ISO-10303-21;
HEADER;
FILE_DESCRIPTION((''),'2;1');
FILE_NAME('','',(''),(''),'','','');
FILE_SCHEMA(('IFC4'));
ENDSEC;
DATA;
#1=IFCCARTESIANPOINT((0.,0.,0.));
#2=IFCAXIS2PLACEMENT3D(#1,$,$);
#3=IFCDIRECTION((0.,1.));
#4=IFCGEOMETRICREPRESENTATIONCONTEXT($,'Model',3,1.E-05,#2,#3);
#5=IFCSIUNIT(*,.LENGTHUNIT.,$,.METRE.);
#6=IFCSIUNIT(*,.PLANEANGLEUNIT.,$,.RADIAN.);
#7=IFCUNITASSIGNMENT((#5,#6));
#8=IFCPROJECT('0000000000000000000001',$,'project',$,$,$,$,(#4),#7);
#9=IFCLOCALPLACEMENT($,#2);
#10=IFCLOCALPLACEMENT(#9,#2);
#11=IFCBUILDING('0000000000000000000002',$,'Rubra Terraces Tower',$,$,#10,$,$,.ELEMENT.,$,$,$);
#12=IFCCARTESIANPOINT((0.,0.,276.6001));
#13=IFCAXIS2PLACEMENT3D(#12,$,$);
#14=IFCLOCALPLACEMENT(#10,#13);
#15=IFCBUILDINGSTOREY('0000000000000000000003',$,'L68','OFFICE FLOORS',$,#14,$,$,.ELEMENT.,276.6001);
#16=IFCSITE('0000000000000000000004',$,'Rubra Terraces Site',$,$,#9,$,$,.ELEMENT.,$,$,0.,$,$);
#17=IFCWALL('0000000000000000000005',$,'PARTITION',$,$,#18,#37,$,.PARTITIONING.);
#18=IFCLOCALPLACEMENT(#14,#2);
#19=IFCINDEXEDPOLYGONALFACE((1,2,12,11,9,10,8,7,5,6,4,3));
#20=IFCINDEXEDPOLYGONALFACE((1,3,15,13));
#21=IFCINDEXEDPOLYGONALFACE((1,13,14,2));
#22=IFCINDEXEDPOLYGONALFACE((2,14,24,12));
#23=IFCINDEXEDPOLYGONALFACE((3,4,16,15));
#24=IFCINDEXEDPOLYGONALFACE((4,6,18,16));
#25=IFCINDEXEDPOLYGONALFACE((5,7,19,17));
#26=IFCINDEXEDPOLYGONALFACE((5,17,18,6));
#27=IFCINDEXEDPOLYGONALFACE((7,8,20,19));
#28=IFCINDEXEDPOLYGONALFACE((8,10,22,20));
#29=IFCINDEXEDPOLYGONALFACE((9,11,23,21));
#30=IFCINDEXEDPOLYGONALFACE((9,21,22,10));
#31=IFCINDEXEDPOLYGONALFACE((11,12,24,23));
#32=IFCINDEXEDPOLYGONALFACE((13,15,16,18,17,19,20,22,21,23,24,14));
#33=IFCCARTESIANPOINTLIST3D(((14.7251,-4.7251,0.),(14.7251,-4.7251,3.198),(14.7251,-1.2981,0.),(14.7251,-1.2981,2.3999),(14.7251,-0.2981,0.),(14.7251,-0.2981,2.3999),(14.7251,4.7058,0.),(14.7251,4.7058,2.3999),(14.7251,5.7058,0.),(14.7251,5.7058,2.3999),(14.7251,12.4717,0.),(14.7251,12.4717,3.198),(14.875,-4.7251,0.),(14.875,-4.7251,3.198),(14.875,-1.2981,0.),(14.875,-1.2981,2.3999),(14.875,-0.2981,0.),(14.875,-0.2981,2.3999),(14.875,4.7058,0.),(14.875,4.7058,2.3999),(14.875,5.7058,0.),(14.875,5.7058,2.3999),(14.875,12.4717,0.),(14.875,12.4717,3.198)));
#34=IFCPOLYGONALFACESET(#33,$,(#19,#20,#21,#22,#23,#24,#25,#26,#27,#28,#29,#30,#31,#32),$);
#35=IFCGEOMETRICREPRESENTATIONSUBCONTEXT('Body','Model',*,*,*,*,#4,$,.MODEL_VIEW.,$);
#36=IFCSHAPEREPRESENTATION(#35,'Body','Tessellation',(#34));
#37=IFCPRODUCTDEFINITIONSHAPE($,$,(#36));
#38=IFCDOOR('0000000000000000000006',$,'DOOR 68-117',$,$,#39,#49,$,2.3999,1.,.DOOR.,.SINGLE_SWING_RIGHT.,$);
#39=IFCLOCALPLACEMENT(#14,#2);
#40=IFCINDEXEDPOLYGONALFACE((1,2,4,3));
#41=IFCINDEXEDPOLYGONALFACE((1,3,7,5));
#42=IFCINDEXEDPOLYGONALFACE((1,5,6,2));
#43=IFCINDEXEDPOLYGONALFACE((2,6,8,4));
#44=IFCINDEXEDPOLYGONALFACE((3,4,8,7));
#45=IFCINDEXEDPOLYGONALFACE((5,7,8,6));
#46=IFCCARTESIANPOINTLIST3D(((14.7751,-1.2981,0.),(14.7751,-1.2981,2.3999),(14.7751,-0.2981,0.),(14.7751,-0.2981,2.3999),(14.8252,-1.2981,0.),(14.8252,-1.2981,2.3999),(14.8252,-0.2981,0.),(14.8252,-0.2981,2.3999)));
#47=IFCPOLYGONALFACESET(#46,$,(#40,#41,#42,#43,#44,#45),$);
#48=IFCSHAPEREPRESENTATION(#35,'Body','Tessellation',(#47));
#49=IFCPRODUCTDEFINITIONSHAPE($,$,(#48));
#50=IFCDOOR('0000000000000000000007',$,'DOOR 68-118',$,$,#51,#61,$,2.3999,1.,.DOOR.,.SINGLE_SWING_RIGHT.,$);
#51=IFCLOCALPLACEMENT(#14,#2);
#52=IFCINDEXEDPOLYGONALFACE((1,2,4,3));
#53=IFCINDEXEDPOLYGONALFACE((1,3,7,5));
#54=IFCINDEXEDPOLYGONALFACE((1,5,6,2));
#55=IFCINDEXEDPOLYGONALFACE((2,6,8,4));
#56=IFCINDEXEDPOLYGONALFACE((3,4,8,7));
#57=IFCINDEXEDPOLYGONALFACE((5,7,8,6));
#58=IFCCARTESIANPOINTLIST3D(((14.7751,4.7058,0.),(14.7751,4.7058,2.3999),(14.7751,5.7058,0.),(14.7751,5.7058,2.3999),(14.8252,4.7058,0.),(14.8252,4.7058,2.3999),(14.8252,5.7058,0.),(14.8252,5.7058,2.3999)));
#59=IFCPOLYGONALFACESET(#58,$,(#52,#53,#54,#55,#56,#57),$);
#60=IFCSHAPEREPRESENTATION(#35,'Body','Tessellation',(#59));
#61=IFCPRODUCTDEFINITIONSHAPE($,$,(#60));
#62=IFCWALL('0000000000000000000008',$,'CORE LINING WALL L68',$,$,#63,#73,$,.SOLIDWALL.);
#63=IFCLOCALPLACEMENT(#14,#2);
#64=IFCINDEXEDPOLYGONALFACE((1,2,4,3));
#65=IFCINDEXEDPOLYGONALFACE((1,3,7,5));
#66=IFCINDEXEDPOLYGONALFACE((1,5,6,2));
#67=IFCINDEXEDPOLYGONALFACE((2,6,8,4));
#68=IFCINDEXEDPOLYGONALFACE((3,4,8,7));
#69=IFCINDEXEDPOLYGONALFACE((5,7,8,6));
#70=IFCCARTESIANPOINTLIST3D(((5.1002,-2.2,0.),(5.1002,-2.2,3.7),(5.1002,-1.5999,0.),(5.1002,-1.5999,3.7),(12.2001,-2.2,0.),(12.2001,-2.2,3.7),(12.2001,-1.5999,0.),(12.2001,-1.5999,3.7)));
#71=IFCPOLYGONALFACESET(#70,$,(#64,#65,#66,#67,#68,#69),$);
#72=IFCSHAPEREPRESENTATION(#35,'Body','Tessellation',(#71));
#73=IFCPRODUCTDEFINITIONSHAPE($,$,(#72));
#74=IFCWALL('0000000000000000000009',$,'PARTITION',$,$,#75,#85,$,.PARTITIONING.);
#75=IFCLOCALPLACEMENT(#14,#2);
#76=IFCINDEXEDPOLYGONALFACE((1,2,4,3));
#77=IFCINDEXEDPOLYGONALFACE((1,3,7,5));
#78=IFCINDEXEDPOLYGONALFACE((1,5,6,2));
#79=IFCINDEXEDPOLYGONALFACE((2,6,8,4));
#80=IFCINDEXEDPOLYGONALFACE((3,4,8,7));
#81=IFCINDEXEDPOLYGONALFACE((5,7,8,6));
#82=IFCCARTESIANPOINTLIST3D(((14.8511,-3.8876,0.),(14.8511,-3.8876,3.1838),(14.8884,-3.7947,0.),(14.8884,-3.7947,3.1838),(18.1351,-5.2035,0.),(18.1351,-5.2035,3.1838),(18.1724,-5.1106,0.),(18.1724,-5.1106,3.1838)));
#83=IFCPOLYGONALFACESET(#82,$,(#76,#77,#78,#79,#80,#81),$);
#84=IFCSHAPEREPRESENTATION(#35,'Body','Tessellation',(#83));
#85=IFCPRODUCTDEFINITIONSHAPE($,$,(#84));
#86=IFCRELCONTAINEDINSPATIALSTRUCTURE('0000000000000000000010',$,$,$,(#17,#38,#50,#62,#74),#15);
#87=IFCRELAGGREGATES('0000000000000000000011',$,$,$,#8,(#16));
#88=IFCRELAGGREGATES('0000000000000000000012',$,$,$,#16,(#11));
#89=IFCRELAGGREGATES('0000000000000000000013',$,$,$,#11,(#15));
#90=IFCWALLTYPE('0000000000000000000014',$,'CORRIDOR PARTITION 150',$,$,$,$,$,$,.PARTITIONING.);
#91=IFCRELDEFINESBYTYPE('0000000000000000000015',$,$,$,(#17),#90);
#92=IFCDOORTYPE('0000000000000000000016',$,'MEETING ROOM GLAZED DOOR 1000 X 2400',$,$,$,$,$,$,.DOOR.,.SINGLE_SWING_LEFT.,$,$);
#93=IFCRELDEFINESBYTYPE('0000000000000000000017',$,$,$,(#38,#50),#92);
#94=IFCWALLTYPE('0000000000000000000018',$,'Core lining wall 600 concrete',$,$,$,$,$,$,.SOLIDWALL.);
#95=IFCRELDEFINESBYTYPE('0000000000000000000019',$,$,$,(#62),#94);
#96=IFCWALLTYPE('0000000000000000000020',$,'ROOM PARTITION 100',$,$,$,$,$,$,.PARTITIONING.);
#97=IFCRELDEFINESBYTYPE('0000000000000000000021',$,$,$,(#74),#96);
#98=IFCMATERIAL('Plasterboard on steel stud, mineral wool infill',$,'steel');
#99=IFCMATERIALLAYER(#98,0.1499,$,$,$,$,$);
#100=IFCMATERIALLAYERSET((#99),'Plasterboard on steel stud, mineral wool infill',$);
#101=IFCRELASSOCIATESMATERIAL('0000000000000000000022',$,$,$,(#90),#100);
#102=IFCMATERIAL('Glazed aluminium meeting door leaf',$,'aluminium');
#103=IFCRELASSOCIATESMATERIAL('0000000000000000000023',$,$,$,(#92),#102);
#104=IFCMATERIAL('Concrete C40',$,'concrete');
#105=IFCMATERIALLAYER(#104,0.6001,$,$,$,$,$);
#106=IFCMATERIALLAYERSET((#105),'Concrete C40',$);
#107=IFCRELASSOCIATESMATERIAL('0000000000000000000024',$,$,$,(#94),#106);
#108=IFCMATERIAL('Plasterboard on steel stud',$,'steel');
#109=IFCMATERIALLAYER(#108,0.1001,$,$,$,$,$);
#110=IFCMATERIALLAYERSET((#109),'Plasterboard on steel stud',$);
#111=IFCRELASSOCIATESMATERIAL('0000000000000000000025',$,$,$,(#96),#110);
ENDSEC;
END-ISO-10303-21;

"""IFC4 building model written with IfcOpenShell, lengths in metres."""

from ifc_helpers import new_model, si_unit, direction, frame, frame_2d, origin, place, context, subcontext, project, spatial, rectangle, extrude, material, layer, layer_set, type_object, element, fill, save


model = new_model("IFC4")

# Units and contexts
model_context = context("Model", 3, precision=1e-05, world=origin(), true_north=direction((0.0, 1.0)))
body_context = subcontext(model_context, "Body", "Model", "MODEL_VIEW")
ifc_project = project(units=[si_unit("LENGTHUNIT", "METRE"), si_unit("PLANEANGLEUNIT", "RADIAN")], contexts=[model_context])

# Site, building, storey
site_placement = place(None, origin())
site = spatial("IfcSite", under=ifc_project, at=site_placement, Name="Rubra Terraces Site", CompositionType="ELEMENT", RefElevation=0.0)
building_placement = place(site_placement, origin())
building = spatial("IfcBuilding", under=site, at=building_placement, Name="Rubra Terraces Tower", CompositionType="ELEMENT")
storey_placement = place(building_placement, frame((0.0, 0.0, 276.6001)))
storey = spatial("IfcBuildingStorey", under=building, at=storey_placement, Name="L68", Description="OFFICE FLOORS", CompositionType="ELEMENT", Elevation=276.6001)

# Wall, openings, doors
ifc_material_1 = material(Name="Plasterboard on steel stud, mineral wool infill", Category="steel")
ifc_layer_1 = layer(ifc_material_1, 0.1499)
ifc_layer_set_1 = layer_set([ifc_layer_1], Name="Plasterboard on steel stud, mineral wool infill")
wall_type_1 = type_object("IfcWallType", Name="CORRIDOR PARTITION 150", PredefinedType="PARTITIONING", material=ifc_layer_set_1)
wall_1_placement = place(storey_placement, frame((14.8, -4.7251, 0.0), z_axis=(0.0, 0.0, 1.0), x_axis=(0.0, 1.0, 0.0)))
wall_1 = element("IfcWall", 1, at=wall_1_placement, inside=storey, type_object=wall_type_1, Name="PARTITION", PredefinedType="PARTITIONING", context=body_context, shape_type="SweptSolid", body=[
    extrude(rectangle(XDim=17.1968, YDim=0.1499, at=frame_2d((8.5984, 0.0))), origin(), (0.0, 0.0, 1.0), 3.198),
])
opening_1_placement = place(wall_1_placement, frame((3.427, 0.0, 0.0)))
opening_1 = element("IfcOpeningElement", 2, at=opening_1_placement, cuts=wall_1, PredefinedType="OPENING", context=body_context, shape_type="SweptSolid", body=[
    extrude(rectangle(XDim=1.0, YDim=2.3999, at=frame_2d((0.5, 1.2))), frame((0.0, 0.085, 0.0), z_axis=(0.0, -1.0, 0.0), x_axis=(1.0, 0.0, 0.0)), (0.0, 0.0, 1.0), 0.1699),
])
opening_2_placement = place(wall_1_placement, frame((9.4309, 0.0, 0.0)))
opening_2 = element("IfcOpeningElement", 3, at=opening_2_placement, cuts=wall_1, PredefinedType="OPENING", context=body_context, shape_type="SweptSolid", body=[
    extrude(rectangle(XDim=1.0, YDim=2.3999, at=frame_2d((0.5, 1.2))), frame((0.0, 0.085, 0.0), z_axis=(0.0, -1.0, 0.0), x_axis=(1.0, 0.0, 0.0)), (0.0, 0.0, 1.0), 0.1699),
])
ifc_material_2 = material(Name="Glazed aluminium meeting door leaf", Category="aluminium")
door_type_1 = type_object("IfcDoorType", Name="MEETING ROOM GLAZED DOOR 1000 X 2400", OperationType="SINGLE_SWING_LEFT", PredefinedType="DOOR", material=ifc_material_2)
door_1_placement = place(opening_1_placement, origin())
door_1 = element("IfcDoor", 4, at=door_1_placement, inside=storey, type_object=door_type_1, Name="DOOR 68-117", OperationType="SINGLE_SWING_RIGHT", OverallHeight=2.3999, OverallWidth=1.0, PredefinedType="DOOR", context=body_context, shape_type="SweptSolid", body=[
    extrude(rectangle(XDim=1.0, YDim=2.3999, at=frame_2d((0.5, 1.2))), frame((0.0, 0.0249, 0.0), z_axis=(0.0, -1.0, 0.0), x_axis=(1.0, 0.0, 0.0)), (0.0, 0.0, 1.0), 0.05),
])
fill(opening_1, door_1)
door_2_placement = place(opening_2_placement, origin())
door_2 = element("IfcDoor", 5, at=door_2_placement, inside=storey, type_object=door_type_1, Name="DOOR 68-118", OperationType="SINGLE_SWING_RIGHT", OverallHeight=2.3999, OverallWidth=1.0, PredefinedType="DOOR", context=body_context, shape_type="SweptSolid", body=[
    extrude(rectangle(XDim=1.0, YDim=2.3999, at=frame_2d((0.5, 1.2))), frame((0.0, 0.0249, 0.0), z_axis=(0.0, -1.0, 0.0), x_axis=(1.0, 0.0, 0.0)), (0.0, 0.0, 1.0), 0.05),
])
fill(opening_2, door_2)

# Walls
ifc_material_3 = material(Name="Concrete C40", Category="concrete")
ifc_layer_2 = layer(ifc_material_3, 0.6001)
ifc_layer_set_2 = layer_set([ifc_layer_2], Name="Concrete C40")
wall_type_2 = type_object("IfcWallType", Name="Core lining wall 600 concrete", PredefinedType="SOLIDWALL", material=ifc_layer_set_2)
wall_2_placement = place(storey_placement, frame((12.2, -1.8999, 0.0), z_axis=(0.0, 0.0, 1.0), x_axis=(-1.0, 0.0, 0.0)))
element("IfcWall", 6, at=wall_2_placement, inside=storey, type_object=wall_type_2, Name="CORE LINING WALL L68", PredefinedType="SOLIDWALL", context=body_context, shape_type="SweptSolid", body=[
    extrude(rectangle(XDim=7.0999, YDim=0.6001, at=frame_2d((3.5498, 0.0))), origin(), (0.0, 0.0, 1.0), 3.7),
])
ifc_material_4 = material(Name="Plasterboard on steel stud", Category="steel")
ifc_layer_3 = layer(ifc_material_4, 0.1001)
ifc_layer_set_3 = layer_set([ifc_layer_3], Name="Plasterboard on steel stud")
wall_type_3 = type_object("IfcWallType", Name="ROOM PARTITION 100", PredefinedType="PARTITIONING", material=ifc_layer_set_3)
wall_3_placement = place(storey_placement, frame((14.8696, -3.8411, 0.0), z_axis=(0.0, 0.0, 1.0), x_axis=(0.928248, -0.371962, 0.0)))
element("IfcWall", 7, at=wall_3_placement, inside=storey, type_object=wall_type_3, Name="PARTITION", PredefinedType="PARTITIONING", context=body_context, shape_type="SweptSolid", body=[
    extrude(rectangle(XDim=3.5378, YDim=0.1001, at=frame_2d((1.769, 0.0))), origin(), (0.0, 0.0, 1.0), 3.1838),
])

save(model, "model.ifc")
